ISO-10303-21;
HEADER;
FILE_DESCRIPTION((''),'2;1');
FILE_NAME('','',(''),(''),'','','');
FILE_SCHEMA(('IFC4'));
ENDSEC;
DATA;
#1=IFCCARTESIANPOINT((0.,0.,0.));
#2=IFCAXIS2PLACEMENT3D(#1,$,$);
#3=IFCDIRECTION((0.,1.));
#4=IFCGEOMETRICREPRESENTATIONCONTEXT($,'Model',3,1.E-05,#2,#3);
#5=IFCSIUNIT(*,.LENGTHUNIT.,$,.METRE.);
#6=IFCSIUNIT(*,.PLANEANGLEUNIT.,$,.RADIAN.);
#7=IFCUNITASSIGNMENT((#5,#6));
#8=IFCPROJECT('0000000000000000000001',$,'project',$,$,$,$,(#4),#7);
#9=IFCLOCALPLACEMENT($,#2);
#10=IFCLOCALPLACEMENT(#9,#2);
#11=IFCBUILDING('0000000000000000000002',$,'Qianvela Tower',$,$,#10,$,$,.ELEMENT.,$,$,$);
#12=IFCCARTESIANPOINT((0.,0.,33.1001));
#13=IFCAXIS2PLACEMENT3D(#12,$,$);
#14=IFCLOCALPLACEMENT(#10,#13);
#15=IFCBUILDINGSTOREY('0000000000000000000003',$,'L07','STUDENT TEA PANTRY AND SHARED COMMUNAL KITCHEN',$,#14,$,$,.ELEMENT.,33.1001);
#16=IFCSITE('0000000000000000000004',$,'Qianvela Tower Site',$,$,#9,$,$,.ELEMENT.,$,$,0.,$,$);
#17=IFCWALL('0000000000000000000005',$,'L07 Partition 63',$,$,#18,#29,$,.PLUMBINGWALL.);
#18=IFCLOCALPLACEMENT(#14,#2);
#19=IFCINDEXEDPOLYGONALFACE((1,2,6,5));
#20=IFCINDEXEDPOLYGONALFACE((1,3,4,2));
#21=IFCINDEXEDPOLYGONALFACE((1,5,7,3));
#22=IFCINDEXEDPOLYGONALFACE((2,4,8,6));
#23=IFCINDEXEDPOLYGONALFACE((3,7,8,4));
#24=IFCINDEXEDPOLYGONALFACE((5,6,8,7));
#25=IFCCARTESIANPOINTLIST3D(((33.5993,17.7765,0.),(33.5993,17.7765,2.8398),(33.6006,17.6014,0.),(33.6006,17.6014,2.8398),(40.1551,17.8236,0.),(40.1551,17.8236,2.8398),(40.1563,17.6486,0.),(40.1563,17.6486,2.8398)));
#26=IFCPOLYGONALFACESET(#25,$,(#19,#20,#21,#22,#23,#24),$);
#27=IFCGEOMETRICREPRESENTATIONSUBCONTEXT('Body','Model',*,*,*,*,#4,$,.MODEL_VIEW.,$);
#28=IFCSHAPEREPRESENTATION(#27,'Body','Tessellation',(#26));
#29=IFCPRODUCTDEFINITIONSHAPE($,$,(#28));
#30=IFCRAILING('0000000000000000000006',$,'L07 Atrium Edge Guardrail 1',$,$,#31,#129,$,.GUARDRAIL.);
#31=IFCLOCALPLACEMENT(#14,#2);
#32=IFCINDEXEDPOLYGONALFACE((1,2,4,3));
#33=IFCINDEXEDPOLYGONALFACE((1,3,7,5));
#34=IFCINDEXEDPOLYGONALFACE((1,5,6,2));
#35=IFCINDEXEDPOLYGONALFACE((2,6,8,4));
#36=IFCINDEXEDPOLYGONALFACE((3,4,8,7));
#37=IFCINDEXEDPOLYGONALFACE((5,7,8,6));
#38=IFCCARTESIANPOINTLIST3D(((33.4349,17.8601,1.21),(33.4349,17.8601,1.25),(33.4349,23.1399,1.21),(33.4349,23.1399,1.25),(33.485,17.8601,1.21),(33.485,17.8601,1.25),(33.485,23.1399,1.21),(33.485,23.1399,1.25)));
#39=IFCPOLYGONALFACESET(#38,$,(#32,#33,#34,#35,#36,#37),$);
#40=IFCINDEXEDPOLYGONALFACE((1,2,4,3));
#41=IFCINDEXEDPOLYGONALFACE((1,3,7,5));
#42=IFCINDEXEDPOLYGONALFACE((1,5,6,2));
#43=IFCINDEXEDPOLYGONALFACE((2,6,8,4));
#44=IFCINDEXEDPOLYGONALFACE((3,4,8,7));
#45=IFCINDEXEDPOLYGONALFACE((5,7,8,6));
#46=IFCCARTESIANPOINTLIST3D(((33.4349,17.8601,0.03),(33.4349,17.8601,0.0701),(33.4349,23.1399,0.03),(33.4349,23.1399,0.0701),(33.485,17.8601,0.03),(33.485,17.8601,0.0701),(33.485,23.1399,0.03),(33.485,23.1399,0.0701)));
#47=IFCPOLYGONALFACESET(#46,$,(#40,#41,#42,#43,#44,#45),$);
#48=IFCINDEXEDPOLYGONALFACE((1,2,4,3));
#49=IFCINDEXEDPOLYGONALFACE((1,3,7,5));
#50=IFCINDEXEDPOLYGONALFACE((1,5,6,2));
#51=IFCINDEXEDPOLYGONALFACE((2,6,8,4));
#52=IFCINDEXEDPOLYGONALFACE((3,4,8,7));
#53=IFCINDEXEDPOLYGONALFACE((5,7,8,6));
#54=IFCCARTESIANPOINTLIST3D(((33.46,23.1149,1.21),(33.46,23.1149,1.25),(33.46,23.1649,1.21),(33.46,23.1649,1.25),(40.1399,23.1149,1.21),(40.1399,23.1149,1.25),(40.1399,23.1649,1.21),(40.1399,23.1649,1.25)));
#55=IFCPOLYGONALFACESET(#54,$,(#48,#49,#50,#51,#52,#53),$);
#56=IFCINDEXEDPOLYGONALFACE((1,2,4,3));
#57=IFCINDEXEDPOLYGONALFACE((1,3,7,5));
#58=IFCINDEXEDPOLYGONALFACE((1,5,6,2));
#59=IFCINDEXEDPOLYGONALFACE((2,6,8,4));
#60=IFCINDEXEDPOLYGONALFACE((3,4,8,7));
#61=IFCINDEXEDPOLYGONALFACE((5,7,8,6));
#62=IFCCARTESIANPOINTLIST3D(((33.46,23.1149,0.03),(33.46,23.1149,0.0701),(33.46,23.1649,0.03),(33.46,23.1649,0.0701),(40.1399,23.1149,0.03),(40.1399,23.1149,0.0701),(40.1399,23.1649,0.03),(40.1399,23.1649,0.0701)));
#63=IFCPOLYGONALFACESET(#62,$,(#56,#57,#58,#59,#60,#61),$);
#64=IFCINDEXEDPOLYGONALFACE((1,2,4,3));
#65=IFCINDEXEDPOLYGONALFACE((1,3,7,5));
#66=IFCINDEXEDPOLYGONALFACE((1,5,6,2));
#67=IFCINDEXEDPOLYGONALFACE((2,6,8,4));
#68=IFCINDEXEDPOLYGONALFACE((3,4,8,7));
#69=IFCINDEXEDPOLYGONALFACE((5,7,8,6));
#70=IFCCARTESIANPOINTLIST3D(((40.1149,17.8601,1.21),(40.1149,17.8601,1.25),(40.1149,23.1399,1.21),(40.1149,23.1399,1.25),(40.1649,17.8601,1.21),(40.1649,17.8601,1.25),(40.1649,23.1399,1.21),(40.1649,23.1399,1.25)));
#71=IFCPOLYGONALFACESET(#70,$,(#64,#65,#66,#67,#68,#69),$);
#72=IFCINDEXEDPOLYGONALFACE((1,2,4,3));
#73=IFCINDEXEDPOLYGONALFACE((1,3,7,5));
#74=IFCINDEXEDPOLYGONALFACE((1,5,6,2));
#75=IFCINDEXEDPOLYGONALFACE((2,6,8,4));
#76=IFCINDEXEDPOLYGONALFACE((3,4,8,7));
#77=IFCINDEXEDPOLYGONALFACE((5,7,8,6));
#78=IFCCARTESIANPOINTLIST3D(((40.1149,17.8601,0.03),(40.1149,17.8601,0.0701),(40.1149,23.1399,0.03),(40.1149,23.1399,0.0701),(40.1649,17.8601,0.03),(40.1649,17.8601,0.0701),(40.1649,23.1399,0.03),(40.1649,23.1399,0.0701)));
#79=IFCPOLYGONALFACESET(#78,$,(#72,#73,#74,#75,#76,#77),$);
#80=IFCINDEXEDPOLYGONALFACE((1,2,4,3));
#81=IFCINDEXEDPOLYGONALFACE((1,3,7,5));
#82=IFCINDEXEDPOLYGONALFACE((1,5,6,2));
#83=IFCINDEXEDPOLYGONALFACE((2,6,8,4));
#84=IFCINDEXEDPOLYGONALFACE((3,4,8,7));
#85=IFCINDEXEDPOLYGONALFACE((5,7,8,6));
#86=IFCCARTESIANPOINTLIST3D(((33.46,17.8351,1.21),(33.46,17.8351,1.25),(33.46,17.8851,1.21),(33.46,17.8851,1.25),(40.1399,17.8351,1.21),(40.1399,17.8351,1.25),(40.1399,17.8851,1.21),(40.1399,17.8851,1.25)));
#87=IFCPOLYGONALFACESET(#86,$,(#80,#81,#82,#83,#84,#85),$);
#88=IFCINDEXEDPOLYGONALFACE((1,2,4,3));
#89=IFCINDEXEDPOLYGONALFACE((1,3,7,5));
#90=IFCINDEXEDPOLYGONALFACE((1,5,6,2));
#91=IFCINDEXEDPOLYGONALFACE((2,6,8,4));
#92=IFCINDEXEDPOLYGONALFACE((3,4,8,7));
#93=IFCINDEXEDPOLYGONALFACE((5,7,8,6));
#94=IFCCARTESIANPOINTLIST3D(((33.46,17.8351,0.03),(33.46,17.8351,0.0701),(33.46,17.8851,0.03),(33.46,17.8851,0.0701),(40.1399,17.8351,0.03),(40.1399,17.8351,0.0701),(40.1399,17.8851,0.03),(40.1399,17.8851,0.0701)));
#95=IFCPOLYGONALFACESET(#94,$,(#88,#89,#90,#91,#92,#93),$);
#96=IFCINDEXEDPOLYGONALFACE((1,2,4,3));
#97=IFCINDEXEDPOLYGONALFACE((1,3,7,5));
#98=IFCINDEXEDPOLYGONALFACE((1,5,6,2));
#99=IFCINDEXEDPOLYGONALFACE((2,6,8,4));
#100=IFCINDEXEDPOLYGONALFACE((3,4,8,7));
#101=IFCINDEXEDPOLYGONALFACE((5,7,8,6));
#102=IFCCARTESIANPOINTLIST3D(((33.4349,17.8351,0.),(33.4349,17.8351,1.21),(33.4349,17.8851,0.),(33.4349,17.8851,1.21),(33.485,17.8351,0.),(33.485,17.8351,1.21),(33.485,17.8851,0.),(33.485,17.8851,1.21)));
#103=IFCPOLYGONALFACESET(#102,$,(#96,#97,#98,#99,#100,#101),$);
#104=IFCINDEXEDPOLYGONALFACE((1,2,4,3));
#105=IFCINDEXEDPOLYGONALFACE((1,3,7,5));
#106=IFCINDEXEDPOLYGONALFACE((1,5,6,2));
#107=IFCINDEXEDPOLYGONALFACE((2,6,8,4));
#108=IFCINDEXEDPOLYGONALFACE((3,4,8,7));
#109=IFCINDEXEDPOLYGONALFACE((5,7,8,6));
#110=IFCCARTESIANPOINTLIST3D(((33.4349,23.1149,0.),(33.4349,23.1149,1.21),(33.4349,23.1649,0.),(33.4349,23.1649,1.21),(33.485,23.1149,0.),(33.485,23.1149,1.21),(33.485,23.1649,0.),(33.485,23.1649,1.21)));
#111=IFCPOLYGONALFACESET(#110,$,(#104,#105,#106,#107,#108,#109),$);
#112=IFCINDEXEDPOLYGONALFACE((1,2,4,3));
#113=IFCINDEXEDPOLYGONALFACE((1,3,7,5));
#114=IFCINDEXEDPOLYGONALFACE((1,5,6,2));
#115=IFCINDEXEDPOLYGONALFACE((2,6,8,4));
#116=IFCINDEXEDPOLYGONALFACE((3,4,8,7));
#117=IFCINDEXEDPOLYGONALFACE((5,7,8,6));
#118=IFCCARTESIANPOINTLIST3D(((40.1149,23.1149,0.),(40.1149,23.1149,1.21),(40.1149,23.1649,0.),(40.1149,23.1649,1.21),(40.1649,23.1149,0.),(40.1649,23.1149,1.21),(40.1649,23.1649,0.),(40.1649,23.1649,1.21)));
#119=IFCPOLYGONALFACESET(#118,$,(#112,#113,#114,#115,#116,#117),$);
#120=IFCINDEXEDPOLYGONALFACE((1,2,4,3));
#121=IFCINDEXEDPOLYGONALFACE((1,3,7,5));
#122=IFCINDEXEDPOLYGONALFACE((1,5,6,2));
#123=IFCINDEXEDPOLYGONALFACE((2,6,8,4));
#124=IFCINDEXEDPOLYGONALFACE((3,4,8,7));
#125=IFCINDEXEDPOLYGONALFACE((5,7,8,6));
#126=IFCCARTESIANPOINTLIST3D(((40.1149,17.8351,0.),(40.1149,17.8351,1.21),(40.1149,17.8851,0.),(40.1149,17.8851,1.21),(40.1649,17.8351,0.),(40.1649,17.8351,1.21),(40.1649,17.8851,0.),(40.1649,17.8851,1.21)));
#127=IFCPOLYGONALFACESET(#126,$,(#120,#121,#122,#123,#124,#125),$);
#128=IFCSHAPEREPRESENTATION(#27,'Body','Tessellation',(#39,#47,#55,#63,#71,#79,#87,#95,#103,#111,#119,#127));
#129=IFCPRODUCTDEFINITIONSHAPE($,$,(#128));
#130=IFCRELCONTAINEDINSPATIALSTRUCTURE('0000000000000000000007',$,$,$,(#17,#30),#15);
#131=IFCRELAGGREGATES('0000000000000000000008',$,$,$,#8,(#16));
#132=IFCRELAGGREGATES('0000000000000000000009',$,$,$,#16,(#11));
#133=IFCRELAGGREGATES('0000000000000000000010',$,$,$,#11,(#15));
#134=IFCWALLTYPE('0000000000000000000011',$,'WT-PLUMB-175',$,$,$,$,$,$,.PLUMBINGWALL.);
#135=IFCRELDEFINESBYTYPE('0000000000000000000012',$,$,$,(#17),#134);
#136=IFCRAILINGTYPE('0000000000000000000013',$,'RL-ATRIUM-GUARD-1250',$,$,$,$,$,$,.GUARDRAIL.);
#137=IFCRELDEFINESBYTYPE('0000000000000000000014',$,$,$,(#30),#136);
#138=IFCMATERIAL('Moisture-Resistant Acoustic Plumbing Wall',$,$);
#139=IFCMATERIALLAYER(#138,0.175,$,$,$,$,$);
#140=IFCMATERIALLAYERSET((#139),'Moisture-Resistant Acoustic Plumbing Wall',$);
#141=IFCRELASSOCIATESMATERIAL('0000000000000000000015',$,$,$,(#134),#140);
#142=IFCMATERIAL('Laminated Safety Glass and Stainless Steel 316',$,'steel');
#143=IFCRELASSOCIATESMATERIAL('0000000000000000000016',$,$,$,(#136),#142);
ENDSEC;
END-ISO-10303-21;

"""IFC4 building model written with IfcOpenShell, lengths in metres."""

from ifc_helpers import new_model, si_unit, direction, frame, frame_2d, origin, origin_2d, place, context, subcontext, project, spatial, rectangle, extrude, material, layer, layer_set, type_object, element, save


model = new_model("IFC4")

# Units and contexts
model_context = context("Model", 3, precision=1e-05, world=origin(), true_north=direction((0.0, 1.0)))
body_context = subcontext(model_context, "Body", "Model", "MODEL_VIEW")
ifc_project = project(units=[si_unit("LENGTHUNIT", "METRE"), si_unit("PLANEANGLEUNIT", "RADIAN")], contexts=[model_context])

# Site, building, storey
site_placement = place(None, origin())
site = spatial("IfcSite", under=ifc_project, at=site_placement, Name="Qianvela Tower Site", CompositionType="ELEMENT", RefElevation=0.0)
building_placement = place(site_placement, origin())
building = spatial("IfcBuilding", under=site, at=building_placement, Name="Qianvela Tower", CompositionType="ELEMENT")
storey_placement = place(building_placement, frame((0.0, 0.0, 33.1001)))
storey = spatial("IfcBuildingStorey", under=building, at=storey_placement, Name="L07", Description="STUDENT TEA PANTRY AND SHARED COMMUNAL KITCHEN", CompositionType="ELEMENT", Elevation=33.1001)

# Wall
ifc_material_1 = material(Name="Moisture-Resistant Acoustic Plumbing Wall")
ifc_layer_1 = layer(ifc_material_1, 0.175)
ifc_layer_set_1 = layer_set([ifc_layer_1], Name="Moisture-Resistant Acoustic Plumbing Wall")
wall_type_1 = type_object("IfcWallType", Name="WT-PLUMB-175", PredefinedType="PLUMBINGWALL", material=ifc_layer_set_1)
wall_1_placement = place(storey_placement, frame((33.6001, 17.689, 0.0), z_axis=(0.0, 0.0, 1.0), x_axis=(0.999974, 0.007187, 0.0)))
element("IfcWall", 1, at=wall_1_placement, inside=storey, type_object=wall_type_1, Name="L07 Partition 63", PredefinedType="PLUMBINGWALL", context=body_context, shape_type="SweptSolid", body=[
    extrude(rectangle(XDim=6.5559, YDim=0.175, at=frame_2d((3.2778, 0.0))), origin(), (0.0, 0.0, 1.0), 2.8398),
])

# Railing
ifc_material_2 = material(Name="Laminated Safety Glass and Stainless Steel 316", Category="steel")
railing_type = type_object("IfcRailingType", Name="RL-ATRIUM-GUARD-1250", PredefinedType="GUARDRAIL", material=ifc_material_2)
railing_placement = place(storey_placement, frame((33.46, 17.8601, 0.0)))
element("IfcRailing", 2, at=railing_placement, inside=storey, type_object=railing_type, Name="L07 Atrium Edge Guardrail 1", PredefinedType="GUARDRAIL", context=body_context, shape_type="SweptSolid", body=[
    extrude(rectangle(XDim=0.05, YDim=0.04, at=origin_2d()), frame((0.0, 0.0, 1.23), z_axis=(0.0, 1.0, 0.0), x_axis=(-1.0, 0.0, 0.0)), (0.0, 0.0, 1.0), 5.2798),
    extrude(rectangle(XDim=0.05, YDim=0.04, at=origin_2d()), frame((0.0, 0.0, 0.05), z_axis=(0.0, 1.0, 0.0), x_axis=(-1.0, 0.0, 0.0)), (0.0, 0.0, 1.0), 5.2798),
    extrude(rectangle(XDim=0.05, YDim=0.04, at=origin_2d()), frame((0.0, 5.2798, 1.23), z_axis=(1.0, 0.0, 0.0), x_axis=(0.0, 1.0, 0.0)), (0.0, 0.0, 1.0), 6.6799),
    extrude(rectangle(XDim=0.05, YDim=0.04, at=origin_2d()), frame((0.0, 5.2798, 0.05), z_axis=(1.0, 0.0, 0.0), x_axis=(0.0, 1.0, 0.0)), (0.0, 0.0, 1.0), 6.6799),
    extrude(rectangle(XDim=0.05, YDim=0.04, at=origin_2d()), frame((6.6799, 5.2798, 1.23), z_axis=(0.0, -1.0, 0.0), x_axis=(1.0, 0.0, 0.0)), (0.0, 0.0, 1.0), 5.2798),
    extrude(rectangle(XDim=0.05, YDim=0.04, at=origin_2d()), frame((6.6799, 5.2798, 0.05), z_axis=(0.0, -1.0, 0.0), x_axis=(1.0, 0.0, 0.0)), (0.0, 0.0, 1.0), 5.2798),
    extrude(rectangle(XDim=0.05, YDim=0.04, at=origin_2d()), frame((6.6799, 0.0, 1.23), z_axis=(-1.0, 0.0, 0.0), x_axis=(0.0, -1.0, 0.0)), (0.0, 0.0, 1.0), 6.6799),
    extrude(rectangle(XDim=0.05, YDim=0.04, at=origin_2d()), frame((6.6799, 0.0, 0.05), z_axis=(-1.0, 0.0, 0.0), x_axis=(0.0, -1.0, 0.0)), (0.0, 0.0, 1.0), 6.6799),
    extrude(rectangle(XDim=0.05, YDim=0.05, at=origin_2d()), origin(), (0.0, 0.0, 1.0), 1.21),
    extrude(rectangle(XDim=0.05, YDim=0.05, at=origin_2d()), frame((0.0, 5.2798, 0.0)), (0.0, 0.0, 1.0), 1.21),
    extrude(rectangle(XDim=0.05, YDim=0.05, at=origin_2d()), frame((6.6799, 5.2798, 0.0)), (0.0, 0.0, 1.0), 1.21),
    extrude(rectangle(XDim=0.05, YDim=0.05, at=origin_2d()), frame((6.6799, 0.0, 0.0)), (0.0, 0.0, 1.0), 1.21),
])

save(model, "model.ifc")
